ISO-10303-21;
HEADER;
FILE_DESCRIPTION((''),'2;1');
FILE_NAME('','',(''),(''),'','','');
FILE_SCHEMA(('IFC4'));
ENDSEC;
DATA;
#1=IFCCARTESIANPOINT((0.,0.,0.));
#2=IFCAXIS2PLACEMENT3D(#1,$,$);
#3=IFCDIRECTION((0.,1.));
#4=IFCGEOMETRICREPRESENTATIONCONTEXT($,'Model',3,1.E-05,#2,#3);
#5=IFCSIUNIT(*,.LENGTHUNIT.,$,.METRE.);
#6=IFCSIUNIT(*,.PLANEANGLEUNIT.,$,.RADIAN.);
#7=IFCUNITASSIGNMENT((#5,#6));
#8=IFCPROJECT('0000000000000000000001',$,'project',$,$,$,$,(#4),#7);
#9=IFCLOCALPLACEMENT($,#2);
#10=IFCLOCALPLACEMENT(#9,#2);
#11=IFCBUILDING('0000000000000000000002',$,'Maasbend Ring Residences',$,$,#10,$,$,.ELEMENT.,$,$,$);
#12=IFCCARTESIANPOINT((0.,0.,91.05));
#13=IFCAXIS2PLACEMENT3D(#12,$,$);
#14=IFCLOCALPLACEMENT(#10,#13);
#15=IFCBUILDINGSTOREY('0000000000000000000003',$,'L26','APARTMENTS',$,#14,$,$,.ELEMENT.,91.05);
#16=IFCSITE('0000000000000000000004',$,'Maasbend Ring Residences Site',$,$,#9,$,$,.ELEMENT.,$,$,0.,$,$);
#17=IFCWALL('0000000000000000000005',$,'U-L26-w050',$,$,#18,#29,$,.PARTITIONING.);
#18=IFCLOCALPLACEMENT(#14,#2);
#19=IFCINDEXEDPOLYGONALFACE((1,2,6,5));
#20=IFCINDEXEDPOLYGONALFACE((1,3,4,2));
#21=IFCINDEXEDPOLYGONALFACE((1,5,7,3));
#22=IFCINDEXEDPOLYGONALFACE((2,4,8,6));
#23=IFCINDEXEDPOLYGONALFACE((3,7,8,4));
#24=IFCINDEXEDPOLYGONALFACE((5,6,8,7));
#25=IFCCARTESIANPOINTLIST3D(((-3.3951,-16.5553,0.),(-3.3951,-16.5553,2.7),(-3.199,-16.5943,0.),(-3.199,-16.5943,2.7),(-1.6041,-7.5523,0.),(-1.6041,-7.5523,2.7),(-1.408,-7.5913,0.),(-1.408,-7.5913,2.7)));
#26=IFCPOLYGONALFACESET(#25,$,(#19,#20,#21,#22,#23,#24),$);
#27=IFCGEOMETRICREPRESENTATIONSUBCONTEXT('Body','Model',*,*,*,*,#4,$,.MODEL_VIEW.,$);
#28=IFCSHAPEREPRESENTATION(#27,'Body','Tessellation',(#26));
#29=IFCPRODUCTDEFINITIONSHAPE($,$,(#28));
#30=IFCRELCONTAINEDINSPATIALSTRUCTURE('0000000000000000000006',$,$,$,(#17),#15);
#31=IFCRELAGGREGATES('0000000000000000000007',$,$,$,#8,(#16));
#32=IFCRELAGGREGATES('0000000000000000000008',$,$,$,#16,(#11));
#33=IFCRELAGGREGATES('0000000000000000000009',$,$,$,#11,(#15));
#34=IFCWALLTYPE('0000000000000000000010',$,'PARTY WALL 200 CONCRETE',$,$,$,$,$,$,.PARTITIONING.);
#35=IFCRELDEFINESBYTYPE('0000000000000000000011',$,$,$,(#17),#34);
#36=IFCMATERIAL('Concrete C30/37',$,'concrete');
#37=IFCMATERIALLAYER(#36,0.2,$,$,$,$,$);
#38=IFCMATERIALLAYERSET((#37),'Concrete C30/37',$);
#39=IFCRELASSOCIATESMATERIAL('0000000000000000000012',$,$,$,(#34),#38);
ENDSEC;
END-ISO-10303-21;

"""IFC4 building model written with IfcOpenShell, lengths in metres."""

from ifc_helpers import new_model, si_unit, direction, frame, frame_2d, origin, place, context, subcontext, project, spatial, rectangle, extrude, material, layer, layer_set, type_object, element, save


model = new_model("IFC4")

# Units and contexts
model_context = context("Model", 3, precision=1e-05, world=origin(), true_north=direction((0.0, 1.0)))
body_context = subcontext(model_context, "Body", "Model", "MODEL_VIEW")
ifc_project = project(units=[si_unit("LENGTHUNIT", "METRE"), si_unit("PLANEANGLEUNIT", "RADIAN")], contexts=[model_context])

# Site, building, storey
site_placement = place(None, origin())
site = spatial("IfcSite", under=ifc_project, at=site_placement, Name="Maasbend Ring Residences Site", CompositionType="ELEMENT", RefElevation=0.0)
building_placement = place(site_placement, origin())
building = spatial("IfcBuilding", under=site, at=building_placement, Name="Maasbend Ring Residences", CompositionType="ELEMENT")
storey_placement = place(building_placement, frame((0.0, 0.0, 91.05)))
storey = spatial("IfcBuildingStorey", under=building, at=storey_placement, Name="L26", Description="APARTMENTS", CompositionType="ELEMENT", Elevation=91.05)

# Wall
ifc_material_1 = material(Name="Concrete C30/37", Category="concrete")
ifc_layer_1 = layer(ifc_material_1, 0.2)
ifc_layer_set_1 = layer_set([ifc_layer_1], Name="Concrete C30/37")
wall_type_1 = type_object("IfcWallType", Name="PARTY WALL 200 CONCRETE", PredefinedType="PARTITIONING", material=ifc_layer_set_1)
wall_1_placement = place(storey_placement, frame((-3.2971, -16.575, 0.0), z_axis=(0.0, 0.0, 1.0), x_axis=(0.195114, 0.980781, 0.0)))
element("IfcWall", 1, at=wall_1_placement, inside=storey, type_object=wall_type_1, Name="U-L26-w050", PredefinedType="PARTITIONING", context=body_context, shape_type="SweptSolid", body=[
    extrude(rectangle(XDim=9.1794, YDim=0.2, at=frame_2d((4.5898, 0.0))), origin(), (0.0, 0.0, 1.0), 2.7),
])

save(model, "model.ifc")
